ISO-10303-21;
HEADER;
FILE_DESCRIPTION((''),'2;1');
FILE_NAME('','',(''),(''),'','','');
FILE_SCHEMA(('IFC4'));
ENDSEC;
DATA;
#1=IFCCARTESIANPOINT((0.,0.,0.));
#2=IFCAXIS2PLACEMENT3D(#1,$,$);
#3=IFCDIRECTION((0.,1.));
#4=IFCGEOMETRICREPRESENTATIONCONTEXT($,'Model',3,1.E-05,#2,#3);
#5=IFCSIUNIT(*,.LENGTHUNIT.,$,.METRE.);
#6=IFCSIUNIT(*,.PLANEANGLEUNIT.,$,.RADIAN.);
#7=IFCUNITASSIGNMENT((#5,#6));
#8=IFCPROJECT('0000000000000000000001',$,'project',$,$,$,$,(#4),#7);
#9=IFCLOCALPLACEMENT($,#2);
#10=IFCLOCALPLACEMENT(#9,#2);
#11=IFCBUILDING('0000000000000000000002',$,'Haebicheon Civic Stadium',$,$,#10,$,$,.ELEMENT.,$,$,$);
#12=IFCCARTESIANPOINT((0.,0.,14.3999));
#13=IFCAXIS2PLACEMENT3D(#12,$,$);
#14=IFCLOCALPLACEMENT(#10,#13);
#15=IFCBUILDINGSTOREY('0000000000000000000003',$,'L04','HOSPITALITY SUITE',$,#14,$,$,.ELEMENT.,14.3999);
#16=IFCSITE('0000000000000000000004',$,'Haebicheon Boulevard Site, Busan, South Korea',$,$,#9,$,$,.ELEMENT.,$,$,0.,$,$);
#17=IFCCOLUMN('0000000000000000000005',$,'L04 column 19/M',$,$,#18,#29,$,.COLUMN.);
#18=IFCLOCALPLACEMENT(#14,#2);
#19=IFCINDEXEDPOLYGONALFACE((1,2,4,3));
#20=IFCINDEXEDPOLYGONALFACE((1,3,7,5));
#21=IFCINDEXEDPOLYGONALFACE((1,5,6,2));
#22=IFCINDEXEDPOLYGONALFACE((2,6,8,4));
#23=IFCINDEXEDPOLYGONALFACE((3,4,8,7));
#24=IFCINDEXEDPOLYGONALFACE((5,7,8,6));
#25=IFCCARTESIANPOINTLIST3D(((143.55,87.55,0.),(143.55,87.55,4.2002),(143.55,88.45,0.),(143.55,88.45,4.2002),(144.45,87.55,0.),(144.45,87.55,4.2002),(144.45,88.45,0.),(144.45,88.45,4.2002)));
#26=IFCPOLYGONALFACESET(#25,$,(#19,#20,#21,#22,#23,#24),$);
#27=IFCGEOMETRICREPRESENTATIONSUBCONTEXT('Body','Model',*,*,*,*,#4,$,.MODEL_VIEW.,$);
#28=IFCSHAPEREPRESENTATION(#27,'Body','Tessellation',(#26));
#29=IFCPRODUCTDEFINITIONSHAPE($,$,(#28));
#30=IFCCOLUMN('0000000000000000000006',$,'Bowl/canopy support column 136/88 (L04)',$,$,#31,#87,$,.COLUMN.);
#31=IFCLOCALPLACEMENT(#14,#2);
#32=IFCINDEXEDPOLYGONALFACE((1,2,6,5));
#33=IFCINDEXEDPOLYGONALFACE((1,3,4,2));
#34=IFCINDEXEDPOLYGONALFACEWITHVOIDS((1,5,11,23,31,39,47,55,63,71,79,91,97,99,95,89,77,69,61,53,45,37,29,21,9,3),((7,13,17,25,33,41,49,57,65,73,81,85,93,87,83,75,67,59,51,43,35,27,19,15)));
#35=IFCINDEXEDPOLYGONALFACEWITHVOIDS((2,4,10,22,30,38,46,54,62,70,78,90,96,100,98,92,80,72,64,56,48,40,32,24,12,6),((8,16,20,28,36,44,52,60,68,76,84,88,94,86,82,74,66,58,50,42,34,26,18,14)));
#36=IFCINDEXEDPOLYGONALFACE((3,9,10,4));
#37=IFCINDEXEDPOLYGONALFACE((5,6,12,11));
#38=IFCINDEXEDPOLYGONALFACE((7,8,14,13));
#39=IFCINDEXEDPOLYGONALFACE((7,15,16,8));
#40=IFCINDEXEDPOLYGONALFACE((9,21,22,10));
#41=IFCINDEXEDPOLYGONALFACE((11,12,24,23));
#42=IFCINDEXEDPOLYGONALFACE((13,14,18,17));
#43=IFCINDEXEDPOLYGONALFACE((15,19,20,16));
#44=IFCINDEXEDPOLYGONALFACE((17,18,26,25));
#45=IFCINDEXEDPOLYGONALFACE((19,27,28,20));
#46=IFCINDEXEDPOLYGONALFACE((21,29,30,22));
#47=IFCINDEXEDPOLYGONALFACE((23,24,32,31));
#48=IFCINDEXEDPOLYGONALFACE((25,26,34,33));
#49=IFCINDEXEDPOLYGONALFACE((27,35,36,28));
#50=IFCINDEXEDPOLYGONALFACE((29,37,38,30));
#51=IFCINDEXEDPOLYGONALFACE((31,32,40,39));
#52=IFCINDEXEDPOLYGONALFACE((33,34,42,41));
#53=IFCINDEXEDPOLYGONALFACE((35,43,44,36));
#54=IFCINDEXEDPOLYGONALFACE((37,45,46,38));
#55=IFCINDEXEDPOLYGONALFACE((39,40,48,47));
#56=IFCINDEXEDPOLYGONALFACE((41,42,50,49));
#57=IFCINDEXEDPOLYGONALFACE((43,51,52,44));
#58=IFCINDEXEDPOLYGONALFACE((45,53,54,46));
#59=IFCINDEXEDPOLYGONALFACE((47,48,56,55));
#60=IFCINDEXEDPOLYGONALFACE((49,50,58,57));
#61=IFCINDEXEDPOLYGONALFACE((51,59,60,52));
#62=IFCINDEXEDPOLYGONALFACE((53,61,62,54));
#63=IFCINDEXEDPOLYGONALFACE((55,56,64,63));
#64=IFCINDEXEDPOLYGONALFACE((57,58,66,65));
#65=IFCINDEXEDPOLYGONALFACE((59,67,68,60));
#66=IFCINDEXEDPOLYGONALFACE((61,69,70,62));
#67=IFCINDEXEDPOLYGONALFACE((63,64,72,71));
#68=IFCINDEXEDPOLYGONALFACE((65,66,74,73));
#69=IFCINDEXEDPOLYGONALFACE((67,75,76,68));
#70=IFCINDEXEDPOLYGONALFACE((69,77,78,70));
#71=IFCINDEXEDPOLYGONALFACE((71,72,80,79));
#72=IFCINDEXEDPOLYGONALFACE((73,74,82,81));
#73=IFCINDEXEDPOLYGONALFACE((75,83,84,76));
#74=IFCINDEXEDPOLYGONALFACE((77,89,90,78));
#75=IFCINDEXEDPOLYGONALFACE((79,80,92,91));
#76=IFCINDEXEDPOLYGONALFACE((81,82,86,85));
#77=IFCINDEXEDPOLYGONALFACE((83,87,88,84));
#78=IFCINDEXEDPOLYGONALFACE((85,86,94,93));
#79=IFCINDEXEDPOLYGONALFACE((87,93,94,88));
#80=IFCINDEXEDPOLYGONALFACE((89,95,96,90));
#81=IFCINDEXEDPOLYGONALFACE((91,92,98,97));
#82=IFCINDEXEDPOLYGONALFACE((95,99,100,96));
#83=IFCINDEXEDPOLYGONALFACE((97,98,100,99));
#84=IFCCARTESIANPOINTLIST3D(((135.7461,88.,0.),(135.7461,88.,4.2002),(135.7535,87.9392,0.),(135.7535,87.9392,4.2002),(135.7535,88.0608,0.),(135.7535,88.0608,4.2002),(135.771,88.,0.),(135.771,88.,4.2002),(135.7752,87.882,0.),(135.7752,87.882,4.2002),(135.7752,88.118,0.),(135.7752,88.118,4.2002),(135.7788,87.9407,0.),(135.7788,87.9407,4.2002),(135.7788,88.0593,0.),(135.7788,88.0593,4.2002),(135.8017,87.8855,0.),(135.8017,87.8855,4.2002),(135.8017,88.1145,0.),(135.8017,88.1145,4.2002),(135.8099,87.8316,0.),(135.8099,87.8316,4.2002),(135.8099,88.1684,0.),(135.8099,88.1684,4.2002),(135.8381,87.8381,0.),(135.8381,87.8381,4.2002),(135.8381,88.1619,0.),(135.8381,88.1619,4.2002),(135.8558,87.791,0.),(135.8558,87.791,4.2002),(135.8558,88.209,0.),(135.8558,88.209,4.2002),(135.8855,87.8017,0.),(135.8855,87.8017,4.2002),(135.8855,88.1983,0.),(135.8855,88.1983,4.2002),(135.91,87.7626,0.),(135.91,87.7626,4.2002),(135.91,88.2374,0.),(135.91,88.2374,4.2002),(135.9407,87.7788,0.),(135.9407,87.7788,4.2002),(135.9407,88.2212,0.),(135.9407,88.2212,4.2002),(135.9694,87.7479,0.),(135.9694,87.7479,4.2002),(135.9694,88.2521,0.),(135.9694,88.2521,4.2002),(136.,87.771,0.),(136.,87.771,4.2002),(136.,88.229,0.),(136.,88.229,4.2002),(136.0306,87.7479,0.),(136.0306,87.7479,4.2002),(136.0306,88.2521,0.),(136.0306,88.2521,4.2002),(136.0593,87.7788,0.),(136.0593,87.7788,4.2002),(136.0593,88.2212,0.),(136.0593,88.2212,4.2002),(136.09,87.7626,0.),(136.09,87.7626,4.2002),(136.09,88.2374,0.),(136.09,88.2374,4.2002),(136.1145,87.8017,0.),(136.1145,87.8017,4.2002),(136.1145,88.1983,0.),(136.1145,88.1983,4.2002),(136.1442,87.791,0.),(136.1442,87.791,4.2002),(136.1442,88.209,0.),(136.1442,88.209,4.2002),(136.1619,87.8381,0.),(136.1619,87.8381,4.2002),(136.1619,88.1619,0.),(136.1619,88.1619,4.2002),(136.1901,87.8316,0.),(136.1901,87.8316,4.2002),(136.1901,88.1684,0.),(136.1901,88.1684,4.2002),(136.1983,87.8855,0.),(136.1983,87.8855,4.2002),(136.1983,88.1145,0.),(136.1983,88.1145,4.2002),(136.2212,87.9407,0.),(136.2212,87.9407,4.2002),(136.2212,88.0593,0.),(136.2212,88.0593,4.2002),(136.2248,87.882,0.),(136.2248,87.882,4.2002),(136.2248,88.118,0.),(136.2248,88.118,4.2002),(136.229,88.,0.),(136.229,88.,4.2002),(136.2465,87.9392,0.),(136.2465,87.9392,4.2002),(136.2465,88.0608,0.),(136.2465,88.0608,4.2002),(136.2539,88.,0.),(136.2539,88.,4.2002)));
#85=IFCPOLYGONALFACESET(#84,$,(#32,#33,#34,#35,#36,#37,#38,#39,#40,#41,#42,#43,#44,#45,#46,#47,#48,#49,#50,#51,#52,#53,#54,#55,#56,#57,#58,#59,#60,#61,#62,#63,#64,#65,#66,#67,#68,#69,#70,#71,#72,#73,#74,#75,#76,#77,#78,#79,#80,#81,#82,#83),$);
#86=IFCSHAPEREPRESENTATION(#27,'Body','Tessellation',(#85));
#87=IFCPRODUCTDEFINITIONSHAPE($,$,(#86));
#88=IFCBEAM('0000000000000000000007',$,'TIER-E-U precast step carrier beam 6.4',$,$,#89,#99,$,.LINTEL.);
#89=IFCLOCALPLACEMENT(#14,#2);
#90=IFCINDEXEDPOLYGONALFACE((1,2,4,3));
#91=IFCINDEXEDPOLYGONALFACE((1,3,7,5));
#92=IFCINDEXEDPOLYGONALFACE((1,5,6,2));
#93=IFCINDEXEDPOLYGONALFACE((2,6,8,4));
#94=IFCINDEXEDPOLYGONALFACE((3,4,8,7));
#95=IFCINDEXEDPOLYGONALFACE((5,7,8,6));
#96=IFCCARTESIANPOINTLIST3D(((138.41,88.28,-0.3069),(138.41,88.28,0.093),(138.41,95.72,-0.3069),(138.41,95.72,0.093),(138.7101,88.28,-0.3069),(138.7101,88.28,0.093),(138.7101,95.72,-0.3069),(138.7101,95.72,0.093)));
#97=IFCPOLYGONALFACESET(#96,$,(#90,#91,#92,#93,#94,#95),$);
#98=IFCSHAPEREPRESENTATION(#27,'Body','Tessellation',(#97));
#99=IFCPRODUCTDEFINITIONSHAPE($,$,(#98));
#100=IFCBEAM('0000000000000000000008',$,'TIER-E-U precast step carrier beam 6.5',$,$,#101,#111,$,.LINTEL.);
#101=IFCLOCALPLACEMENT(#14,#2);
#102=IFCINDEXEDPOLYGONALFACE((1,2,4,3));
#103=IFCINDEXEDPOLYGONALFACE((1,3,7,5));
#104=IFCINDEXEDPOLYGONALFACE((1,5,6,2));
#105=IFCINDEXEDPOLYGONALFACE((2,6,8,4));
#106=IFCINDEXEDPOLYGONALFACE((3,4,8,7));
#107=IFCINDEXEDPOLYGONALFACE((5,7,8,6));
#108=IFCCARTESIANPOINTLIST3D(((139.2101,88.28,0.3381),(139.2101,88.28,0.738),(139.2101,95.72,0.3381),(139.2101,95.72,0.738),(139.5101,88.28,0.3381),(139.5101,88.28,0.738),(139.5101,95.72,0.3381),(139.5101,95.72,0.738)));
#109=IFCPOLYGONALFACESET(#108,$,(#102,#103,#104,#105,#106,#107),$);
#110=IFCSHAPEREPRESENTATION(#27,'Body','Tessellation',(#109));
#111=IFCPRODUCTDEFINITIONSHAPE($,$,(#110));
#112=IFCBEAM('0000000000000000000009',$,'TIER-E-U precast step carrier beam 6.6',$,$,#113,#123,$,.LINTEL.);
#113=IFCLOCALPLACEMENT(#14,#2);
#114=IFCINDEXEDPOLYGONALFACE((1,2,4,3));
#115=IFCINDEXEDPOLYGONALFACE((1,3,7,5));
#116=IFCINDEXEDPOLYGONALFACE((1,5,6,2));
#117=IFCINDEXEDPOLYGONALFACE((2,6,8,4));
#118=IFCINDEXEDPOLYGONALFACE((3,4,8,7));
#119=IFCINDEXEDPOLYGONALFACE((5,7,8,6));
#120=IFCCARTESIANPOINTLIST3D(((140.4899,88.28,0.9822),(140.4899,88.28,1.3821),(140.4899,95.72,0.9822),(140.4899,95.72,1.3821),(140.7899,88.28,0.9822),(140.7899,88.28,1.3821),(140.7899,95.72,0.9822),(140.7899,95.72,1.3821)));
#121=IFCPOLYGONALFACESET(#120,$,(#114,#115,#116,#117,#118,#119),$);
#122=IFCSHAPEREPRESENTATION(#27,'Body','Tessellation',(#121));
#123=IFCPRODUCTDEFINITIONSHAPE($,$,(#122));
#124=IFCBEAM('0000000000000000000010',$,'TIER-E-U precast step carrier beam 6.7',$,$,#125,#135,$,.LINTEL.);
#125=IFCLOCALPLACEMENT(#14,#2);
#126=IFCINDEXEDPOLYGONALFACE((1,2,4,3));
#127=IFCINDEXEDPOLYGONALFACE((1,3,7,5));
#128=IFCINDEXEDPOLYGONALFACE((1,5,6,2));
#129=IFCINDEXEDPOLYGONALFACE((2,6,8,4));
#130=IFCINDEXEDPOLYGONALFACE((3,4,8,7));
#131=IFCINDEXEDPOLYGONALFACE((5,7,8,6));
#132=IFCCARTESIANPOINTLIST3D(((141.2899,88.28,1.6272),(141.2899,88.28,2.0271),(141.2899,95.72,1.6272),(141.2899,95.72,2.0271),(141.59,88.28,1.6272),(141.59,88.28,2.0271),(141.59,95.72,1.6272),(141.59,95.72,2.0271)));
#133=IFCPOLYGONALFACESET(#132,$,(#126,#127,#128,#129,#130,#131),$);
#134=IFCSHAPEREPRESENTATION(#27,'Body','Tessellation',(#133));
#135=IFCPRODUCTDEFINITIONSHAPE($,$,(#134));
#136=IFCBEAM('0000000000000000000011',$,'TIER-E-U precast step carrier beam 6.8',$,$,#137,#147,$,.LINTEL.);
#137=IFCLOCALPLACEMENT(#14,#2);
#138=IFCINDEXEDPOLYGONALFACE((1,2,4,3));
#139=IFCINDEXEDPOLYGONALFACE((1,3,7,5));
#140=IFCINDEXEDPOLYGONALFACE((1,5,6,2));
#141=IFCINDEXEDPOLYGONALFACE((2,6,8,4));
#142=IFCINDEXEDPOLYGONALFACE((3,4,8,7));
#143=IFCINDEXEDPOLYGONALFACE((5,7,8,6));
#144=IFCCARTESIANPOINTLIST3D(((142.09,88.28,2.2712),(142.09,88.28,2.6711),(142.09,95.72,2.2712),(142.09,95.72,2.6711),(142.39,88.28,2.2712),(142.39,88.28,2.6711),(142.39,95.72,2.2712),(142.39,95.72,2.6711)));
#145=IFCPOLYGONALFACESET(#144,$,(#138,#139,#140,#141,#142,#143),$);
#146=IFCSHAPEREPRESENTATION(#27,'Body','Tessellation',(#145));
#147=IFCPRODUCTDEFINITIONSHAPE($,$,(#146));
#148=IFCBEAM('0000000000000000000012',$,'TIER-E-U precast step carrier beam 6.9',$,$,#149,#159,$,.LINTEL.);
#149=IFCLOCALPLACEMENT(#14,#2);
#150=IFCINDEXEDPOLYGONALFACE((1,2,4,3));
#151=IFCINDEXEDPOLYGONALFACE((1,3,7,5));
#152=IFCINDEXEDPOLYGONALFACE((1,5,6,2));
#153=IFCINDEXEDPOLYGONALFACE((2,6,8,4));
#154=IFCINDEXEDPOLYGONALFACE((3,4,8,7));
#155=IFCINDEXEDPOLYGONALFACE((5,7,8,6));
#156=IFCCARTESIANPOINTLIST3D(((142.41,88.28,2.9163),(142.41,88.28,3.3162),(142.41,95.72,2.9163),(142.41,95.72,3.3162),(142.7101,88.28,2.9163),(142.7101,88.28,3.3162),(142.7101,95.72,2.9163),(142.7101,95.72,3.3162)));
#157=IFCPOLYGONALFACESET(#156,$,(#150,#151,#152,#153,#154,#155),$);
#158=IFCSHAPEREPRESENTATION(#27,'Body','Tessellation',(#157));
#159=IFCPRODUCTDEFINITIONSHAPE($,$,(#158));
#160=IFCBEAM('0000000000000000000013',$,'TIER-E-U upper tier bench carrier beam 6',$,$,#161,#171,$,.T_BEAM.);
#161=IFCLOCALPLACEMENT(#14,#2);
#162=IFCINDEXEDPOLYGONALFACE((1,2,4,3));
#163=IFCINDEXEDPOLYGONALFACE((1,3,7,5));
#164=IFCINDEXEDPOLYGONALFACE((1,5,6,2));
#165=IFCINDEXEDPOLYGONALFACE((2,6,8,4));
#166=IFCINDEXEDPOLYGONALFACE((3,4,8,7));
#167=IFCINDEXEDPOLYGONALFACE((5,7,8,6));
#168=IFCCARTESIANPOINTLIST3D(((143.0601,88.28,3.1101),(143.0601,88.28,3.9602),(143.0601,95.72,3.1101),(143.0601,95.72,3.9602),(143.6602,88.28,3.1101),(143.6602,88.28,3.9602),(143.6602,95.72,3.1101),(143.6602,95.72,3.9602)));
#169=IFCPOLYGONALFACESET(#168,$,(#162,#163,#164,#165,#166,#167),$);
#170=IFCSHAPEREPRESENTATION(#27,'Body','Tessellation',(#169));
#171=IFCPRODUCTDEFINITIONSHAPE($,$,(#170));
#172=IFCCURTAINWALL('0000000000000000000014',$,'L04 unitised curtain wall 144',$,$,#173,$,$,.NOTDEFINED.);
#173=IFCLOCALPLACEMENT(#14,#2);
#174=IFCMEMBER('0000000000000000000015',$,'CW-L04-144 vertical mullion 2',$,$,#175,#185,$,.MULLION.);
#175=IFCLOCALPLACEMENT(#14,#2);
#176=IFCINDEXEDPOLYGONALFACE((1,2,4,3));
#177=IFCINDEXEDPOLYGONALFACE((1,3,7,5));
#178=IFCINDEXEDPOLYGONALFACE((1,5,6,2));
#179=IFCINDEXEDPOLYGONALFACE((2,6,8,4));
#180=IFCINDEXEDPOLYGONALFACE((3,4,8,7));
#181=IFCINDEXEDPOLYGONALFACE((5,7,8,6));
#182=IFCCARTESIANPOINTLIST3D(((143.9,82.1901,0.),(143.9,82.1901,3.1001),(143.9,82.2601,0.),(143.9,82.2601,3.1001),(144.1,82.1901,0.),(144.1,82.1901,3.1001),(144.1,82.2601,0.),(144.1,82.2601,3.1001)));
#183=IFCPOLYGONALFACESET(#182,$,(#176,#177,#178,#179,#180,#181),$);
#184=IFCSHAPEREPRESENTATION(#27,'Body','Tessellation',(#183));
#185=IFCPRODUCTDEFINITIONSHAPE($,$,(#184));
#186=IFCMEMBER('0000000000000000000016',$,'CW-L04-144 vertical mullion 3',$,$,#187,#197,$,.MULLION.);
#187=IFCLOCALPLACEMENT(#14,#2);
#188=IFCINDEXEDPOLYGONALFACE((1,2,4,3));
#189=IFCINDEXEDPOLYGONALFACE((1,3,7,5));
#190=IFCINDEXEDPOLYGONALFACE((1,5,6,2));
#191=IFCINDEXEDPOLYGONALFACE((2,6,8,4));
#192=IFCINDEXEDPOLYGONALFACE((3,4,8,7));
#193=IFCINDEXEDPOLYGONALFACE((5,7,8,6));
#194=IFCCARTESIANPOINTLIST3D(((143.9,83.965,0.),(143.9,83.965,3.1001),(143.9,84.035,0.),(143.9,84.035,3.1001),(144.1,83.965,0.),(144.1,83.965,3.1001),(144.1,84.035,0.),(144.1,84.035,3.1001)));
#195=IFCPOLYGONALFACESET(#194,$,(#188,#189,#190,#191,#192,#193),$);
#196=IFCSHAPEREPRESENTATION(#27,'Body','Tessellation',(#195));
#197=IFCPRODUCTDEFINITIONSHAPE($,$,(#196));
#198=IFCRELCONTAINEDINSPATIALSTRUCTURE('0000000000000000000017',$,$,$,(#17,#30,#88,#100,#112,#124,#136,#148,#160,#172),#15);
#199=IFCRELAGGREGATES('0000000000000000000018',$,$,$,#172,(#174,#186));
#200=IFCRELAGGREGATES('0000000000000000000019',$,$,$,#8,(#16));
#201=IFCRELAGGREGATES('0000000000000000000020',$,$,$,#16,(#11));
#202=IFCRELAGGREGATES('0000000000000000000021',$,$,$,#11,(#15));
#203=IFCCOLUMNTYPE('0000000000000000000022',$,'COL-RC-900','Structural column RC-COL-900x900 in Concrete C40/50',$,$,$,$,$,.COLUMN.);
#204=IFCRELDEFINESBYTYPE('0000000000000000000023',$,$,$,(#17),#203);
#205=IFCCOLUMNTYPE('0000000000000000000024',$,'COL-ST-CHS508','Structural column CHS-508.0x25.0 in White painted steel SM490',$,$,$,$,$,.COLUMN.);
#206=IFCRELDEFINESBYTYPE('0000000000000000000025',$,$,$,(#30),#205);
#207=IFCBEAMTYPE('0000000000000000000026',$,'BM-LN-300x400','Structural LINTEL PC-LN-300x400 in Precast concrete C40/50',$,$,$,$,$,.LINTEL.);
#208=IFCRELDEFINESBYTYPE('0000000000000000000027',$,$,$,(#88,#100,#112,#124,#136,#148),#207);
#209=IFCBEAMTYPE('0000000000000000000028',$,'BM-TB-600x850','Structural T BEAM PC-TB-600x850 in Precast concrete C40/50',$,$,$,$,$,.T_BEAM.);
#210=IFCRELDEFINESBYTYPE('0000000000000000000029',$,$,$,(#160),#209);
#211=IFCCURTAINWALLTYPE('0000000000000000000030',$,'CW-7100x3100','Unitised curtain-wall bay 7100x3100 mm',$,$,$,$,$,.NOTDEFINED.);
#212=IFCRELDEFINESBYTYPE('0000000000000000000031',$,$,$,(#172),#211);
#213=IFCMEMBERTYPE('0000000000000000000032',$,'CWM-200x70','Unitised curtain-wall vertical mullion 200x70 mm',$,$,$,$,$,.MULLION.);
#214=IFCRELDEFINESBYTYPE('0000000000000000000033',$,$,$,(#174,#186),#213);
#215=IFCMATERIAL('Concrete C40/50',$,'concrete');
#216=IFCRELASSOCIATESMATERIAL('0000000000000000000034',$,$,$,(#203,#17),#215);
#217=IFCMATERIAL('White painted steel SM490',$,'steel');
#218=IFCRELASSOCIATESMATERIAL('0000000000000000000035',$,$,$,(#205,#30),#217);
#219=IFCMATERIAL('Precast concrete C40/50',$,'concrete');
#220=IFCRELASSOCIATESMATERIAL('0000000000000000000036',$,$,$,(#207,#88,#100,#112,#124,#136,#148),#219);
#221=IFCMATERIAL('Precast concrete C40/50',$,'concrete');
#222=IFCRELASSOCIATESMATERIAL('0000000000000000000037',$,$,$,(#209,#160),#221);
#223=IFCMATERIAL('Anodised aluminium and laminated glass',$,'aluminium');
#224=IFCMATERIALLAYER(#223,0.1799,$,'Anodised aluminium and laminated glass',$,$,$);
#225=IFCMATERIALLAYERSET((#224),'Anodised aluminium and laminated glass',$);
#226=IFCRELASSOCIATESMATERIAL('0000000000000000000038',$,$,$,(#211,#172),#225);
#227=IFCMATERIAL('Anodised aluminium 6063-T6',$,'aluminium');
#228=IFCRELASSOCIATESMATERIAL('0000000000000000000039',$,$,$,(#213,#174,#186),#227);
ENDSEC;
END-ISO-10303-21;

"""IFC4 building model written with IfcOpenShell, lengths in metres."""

from ifc_helpers import new_model, si_unit, direction, frame, origin, origin_2d, place, context, subcontext, project, spatial, rectangle, hollow_circle, extrude, material, layer, layer_set, material_profile, profile_set, type_object, element, aggregate, save


model = new_model("IFC4")

# Units and contexts
model_context = context("Model", 3, precision=1e-05, world=origin(), true_north=direction((0.0, 1.0)))
body_context = subcontext(model_context, "Body", "Model", "MODEL_VIEW")
ifc_project = project(units=[si_unit("LENGTHUNIT", "METRE"), si_unit("PLANEANGLEUNIT", "RADIAN")], contexts=[model_context])

# Site, building, storey
site_placement = place(None, origin())
site = spatial("IfcSite", under=ifc_project, at=site_placement, Name="Haebicheon Boulevard Site, Busan, South Korea", CompositionType="ELEMENT", RefElevation=0.0)
building_placement = place(site_placement, origin())
building = spatial("IfcBuilding", under=site, at=building_placement, Name="Haebicheon Civic Stadium", CompositionType="ELEMENT")
storey_placement = place(building_placement, frame((0.0, 0.0, 14.3999)))
storey = spatial("IfcBuildingStorey", under=building, at=storey_placement, Name="L04", Description="HOSPITALITY SUITE", CompositionType="ELEMENT", Elevation=14.3999)

# Columns
ifc_material_1 = material(Name="Concrete C40/50", Category="concrete")
ifc_material_profile_1 = material_profile(ifc_material_1, rectangle(XDim=0.8999, YDim=0.8999, at=origin_2d()), Name="RC-COL-900x900")
ifc_profile_set_1 = profile_set([ifc_material_profile_1], Name="Concrete C40/50")
column_type_1 = type_object("IfcColumnType", Name="COL-RC-900", Description="Structural column RC-COL-900x900 in Concrete C40/50", PredefinedType="COLUMN", material=ifc_profile_set_1)
column_1_placement = place(storey_placement, frame((144.0, 88.0, 0.0), z_axis=(0.0, 0.0, 1.0), x_axis=(1.0, 0.0, 0.0)))
element("IfcColumn", 1, at=column_1_placement, inside=storey, type_object=column_type_1, material=ifc_profile_set_1, Name="L04 column 19/M", PredefinedType="COLUMN", context=body_context, shape_type="SweptSolid", body=[
    extrude(rectangle(XDim=0.8999, YDim=0.8999, at=origin_2d()), origin(), (0.0, 0.0, 1.0), 4.2002),
])
ifc_material_2 = material(Name="White painted steel SM490", Category="steel")
ifc_material_profile_2 = material_profile(ifc_material_2, hollow_circle(Radius=0.2539, WallThickness=0.0249, at=origin_2d()), Name="CHS-508.0x25.0")
ifc_profile_set_2 = profile_set([ifc_material_profile_2], Name="White painted steel SM490")
column_type_2 = type_object("IfcColumnType", Name="COL-ST-CHS508", Description="Structural column CHS-508.0x25.0 in White painted steel SM490", PredefinedType="COLUMN", material=ifc_profile_set_2)
column_2_placement = place(storey_placement, frame((136.0, 88.0, 0.0), z_axis=(0.0, 0.0, 1.0), x_axis=(1.0, 0.0, 0.0)))
element("IfcColumn", 2, at=column_2_placement, inside=storey, type_object=column_type_2, material=ifc_profile_set_2, Name="Bowl/canopy support column 136/88 (L04)", PredefinedType="COLUMN", context=body_context, shape_type="SweptSolid", body=[
    extrude(hollow_circle(Radius=0.2539, WallThickness=0.0249, at=origin_2d()), origin(), (0.0, 0.0, 1.0), 4.2002),
])

# Beams
ifc_material_3 = material(Name="Precast concrete C40/50", Category="concrete")
ifc_material_profile_3 = material_profile(ifc_material_3, rectangle(XDim=0.3, YDim=0.3999, at=origin_2d()), Name="PC-LN-300x400")
ifc_profile_set_3 = profile_set([ifc_material_profile_3], Name="Precast concrete C40/50")
beam_type_1 = type_object("IfcBeamType", Name="BM-LN-300x400", Description="Structural LINTEL PC-LN-300x400 in Precast concrete C40/50", PredefinedType="LINTEL", material=ifc_profile_set_3)
for number, where, z_axis, x_axis, name in (
    (3, (138.5601, 88.28, -0.1069), (0.0, 1.0, 0.0), (-1.0, 0.0, 0.0), "TIER-E-U precast step carrier beam 6.4"),
    (4, (139.3601, 88.28, 0.5381), (0.0, 1.0, 0.0), (-1.0, 0.0, 0.0), "TIER-E-U precast step carrier beam 6.5"),
    (5, (140.6399, 88.28, 1.1821), (0.0, 1.0, 0.0), (-1.0, 0.0, 0.0), "TIER-E-U precast step carrier beam 6.6"),
    (6, (141.4399, 88.28, 1.8271), (0.0, 1.0, 0.0), (-1.0, 0.0, 0.0), "TIER-E-U precast step carrier beam 6.7"),
    (7, (142.24, 88.28, 2.4712), (0.0, 1.0, 0.0), (-1.0, 0.0, 0.0), "TIER-E-U precast step carrier beam 6.8"),
    (8, (142.5601, 88.28, 3.1162), (0.0, 1.0, 0.0), (-1.0, 0.0, 0.0), "TIER-E-U precast step carrier beam 6.9"),
):
    element("IfcBeam", number, at=place(storey_placement, frame(where, z_axis=z_axis, x_axis=x_axis)), inside=storey, type_object=beam_type_1, material=ifc_profile_set_3, Name=name, PredefinedType="LINTEL", context=body_context, shape_type="SweptSolid", body=[
        extrude(rectangle(XDim=0.3, YDim=0.3999, at=origin_2d()), origin(), (0.0, 0.0, 1.0), 7.4399),
    ])
ifc_material_4 = material(Name="Precast concrete C40/50", Category="concrete")
ifc_material_profile_4 = material_profile(ifc_material_4, rectangle(XDim=0.6001, YDim=0.8501, at=origin_2d()), Name="PC-TB-600x850")
ifc_profile_set_4 = profile_set([ifc_material_profile_4], Name="Precast concrete C40/50")
beam_type_2 = type_object("IfcBeamType", Name="BM-TB-600x850", Description="Structural T BEAM PC-TB-600x850 in Precast concrete C40/50", PredefinedType="T_BEAM", material=ifc_profile_set_4)
beam_1_placement = place(storey_placement, frame((143.3601, 88.28, 3.5352), z_axis=(0.0, 1.0, 0.0), x_axis=(-1.0, 0.0, 0.0)))
element("IfcBeam", 9, at=beam_1_placement, inside=storey, type_object=beam_type_2, material=ifc_profile_set_4, Name="TIER-E-U upper tier bench carrier beam 6", PredefinedType="T_BEAM", context=body_context, shape_type="SweptSolid", body=[
    extrude(rectangle(XDim=0.6001, YDim=0.8501, at=origin_2d()), origin(), (0.0, 0.0, 1.0), 7.4399),
])

# Curtain wall, members
ifc_material_5 = material(Name="Anodised aluminium and laminated glass", Category="aluminium")
ifc_layer_1 = layer(ifc_material_5, 0.1799, Name="Anodised aluminium and laminated glass")
ifc_layer_set_1 = layer_set([ifc_layer_1], Name="Anodised aluminium and laminated glass")
curtain_wall_type = type_object("IfcCurtainWallType", Name="CW-7100x3100", Description="Unitised curtain-wall bay 7100x3100 mm", PredefinedType="NOTDEFINED", material=ifc_layer_set_1)
curtain_wall_placement = place(storey_placement, origin())
curtain_wall = element("IfcCurtainWall", 10, at=curtain_wall_placement, inside=storey, type_object=curtain_wall_type, material=ifc_layer_set_1, Name="L04 unitised curtain wall 144", PredefinedType="NOTDEFINED")
ifc_material_6 = material(Name="Anodised aluminium 6063-T6", Category="aluminium")
ifc_material_profile_5 = material_profile(ifc_material_6, rectangle(XDim=0.0701, YDim=0.2, at=origin_2d()), Name="ALU-MULL-70x200")
ifc_profile_set_5 = profile_set([ifc_material_profile_5], Name="Anodised aluminium 6063-T6")
member_type_1 = type_object("IfcMemberType", Name="CWM-200x70", Description="Unitised curtain-wall vertical mullion 200x70 mm", PredefinedType="MULLION", material=ifc_profile_set_5)
member_1_placement = place(storey_placement, frame((144.0, 82.2251, 0.0), z_axis=(0.0, 0.0, 1.0), x_axis=(0.0, 1.0, 0.0)))
member_1 = element("IfcMember", 11, at=member_1_placement, type_object=member_type_1, material=ifc_profile_set_5, Name="CW-L04-144 vertical mullion 2", PredefinedType="MULLION", context=body_context, shape_type="SweptSolid", body=[
    extrude(rectangle(XDim=0.0701, YDim=0.2, at=origin_2d()), origin(), (0.0, 0.0, 1.0), 3.1001),
])
member_2_placement = place(storey_placement, frame((144.0, 84.0, 0.0), z_axis=(0.0, 0.0, 1.0), x_axis=(0.0, 1.0, 0.0)))
member_2 = element("IfcMember", 12, at=member_2_placement, type_object=member_type_1, material=ifc_profile_set_5, Name="CW-L04-144 vertical mullion 3", PredefinedType="MULLION", context=body_context, shape_type="SweptSolid", body=[
    extrude(rectangle(XDim=0.0701, YDim=0.2, at=origin_2d()), origin(), (0.0, 0.0, 1.0), 3.1001),
])

aggregate(curtain_wall, [member_1, member_2])

save(model, "model.ifc")
